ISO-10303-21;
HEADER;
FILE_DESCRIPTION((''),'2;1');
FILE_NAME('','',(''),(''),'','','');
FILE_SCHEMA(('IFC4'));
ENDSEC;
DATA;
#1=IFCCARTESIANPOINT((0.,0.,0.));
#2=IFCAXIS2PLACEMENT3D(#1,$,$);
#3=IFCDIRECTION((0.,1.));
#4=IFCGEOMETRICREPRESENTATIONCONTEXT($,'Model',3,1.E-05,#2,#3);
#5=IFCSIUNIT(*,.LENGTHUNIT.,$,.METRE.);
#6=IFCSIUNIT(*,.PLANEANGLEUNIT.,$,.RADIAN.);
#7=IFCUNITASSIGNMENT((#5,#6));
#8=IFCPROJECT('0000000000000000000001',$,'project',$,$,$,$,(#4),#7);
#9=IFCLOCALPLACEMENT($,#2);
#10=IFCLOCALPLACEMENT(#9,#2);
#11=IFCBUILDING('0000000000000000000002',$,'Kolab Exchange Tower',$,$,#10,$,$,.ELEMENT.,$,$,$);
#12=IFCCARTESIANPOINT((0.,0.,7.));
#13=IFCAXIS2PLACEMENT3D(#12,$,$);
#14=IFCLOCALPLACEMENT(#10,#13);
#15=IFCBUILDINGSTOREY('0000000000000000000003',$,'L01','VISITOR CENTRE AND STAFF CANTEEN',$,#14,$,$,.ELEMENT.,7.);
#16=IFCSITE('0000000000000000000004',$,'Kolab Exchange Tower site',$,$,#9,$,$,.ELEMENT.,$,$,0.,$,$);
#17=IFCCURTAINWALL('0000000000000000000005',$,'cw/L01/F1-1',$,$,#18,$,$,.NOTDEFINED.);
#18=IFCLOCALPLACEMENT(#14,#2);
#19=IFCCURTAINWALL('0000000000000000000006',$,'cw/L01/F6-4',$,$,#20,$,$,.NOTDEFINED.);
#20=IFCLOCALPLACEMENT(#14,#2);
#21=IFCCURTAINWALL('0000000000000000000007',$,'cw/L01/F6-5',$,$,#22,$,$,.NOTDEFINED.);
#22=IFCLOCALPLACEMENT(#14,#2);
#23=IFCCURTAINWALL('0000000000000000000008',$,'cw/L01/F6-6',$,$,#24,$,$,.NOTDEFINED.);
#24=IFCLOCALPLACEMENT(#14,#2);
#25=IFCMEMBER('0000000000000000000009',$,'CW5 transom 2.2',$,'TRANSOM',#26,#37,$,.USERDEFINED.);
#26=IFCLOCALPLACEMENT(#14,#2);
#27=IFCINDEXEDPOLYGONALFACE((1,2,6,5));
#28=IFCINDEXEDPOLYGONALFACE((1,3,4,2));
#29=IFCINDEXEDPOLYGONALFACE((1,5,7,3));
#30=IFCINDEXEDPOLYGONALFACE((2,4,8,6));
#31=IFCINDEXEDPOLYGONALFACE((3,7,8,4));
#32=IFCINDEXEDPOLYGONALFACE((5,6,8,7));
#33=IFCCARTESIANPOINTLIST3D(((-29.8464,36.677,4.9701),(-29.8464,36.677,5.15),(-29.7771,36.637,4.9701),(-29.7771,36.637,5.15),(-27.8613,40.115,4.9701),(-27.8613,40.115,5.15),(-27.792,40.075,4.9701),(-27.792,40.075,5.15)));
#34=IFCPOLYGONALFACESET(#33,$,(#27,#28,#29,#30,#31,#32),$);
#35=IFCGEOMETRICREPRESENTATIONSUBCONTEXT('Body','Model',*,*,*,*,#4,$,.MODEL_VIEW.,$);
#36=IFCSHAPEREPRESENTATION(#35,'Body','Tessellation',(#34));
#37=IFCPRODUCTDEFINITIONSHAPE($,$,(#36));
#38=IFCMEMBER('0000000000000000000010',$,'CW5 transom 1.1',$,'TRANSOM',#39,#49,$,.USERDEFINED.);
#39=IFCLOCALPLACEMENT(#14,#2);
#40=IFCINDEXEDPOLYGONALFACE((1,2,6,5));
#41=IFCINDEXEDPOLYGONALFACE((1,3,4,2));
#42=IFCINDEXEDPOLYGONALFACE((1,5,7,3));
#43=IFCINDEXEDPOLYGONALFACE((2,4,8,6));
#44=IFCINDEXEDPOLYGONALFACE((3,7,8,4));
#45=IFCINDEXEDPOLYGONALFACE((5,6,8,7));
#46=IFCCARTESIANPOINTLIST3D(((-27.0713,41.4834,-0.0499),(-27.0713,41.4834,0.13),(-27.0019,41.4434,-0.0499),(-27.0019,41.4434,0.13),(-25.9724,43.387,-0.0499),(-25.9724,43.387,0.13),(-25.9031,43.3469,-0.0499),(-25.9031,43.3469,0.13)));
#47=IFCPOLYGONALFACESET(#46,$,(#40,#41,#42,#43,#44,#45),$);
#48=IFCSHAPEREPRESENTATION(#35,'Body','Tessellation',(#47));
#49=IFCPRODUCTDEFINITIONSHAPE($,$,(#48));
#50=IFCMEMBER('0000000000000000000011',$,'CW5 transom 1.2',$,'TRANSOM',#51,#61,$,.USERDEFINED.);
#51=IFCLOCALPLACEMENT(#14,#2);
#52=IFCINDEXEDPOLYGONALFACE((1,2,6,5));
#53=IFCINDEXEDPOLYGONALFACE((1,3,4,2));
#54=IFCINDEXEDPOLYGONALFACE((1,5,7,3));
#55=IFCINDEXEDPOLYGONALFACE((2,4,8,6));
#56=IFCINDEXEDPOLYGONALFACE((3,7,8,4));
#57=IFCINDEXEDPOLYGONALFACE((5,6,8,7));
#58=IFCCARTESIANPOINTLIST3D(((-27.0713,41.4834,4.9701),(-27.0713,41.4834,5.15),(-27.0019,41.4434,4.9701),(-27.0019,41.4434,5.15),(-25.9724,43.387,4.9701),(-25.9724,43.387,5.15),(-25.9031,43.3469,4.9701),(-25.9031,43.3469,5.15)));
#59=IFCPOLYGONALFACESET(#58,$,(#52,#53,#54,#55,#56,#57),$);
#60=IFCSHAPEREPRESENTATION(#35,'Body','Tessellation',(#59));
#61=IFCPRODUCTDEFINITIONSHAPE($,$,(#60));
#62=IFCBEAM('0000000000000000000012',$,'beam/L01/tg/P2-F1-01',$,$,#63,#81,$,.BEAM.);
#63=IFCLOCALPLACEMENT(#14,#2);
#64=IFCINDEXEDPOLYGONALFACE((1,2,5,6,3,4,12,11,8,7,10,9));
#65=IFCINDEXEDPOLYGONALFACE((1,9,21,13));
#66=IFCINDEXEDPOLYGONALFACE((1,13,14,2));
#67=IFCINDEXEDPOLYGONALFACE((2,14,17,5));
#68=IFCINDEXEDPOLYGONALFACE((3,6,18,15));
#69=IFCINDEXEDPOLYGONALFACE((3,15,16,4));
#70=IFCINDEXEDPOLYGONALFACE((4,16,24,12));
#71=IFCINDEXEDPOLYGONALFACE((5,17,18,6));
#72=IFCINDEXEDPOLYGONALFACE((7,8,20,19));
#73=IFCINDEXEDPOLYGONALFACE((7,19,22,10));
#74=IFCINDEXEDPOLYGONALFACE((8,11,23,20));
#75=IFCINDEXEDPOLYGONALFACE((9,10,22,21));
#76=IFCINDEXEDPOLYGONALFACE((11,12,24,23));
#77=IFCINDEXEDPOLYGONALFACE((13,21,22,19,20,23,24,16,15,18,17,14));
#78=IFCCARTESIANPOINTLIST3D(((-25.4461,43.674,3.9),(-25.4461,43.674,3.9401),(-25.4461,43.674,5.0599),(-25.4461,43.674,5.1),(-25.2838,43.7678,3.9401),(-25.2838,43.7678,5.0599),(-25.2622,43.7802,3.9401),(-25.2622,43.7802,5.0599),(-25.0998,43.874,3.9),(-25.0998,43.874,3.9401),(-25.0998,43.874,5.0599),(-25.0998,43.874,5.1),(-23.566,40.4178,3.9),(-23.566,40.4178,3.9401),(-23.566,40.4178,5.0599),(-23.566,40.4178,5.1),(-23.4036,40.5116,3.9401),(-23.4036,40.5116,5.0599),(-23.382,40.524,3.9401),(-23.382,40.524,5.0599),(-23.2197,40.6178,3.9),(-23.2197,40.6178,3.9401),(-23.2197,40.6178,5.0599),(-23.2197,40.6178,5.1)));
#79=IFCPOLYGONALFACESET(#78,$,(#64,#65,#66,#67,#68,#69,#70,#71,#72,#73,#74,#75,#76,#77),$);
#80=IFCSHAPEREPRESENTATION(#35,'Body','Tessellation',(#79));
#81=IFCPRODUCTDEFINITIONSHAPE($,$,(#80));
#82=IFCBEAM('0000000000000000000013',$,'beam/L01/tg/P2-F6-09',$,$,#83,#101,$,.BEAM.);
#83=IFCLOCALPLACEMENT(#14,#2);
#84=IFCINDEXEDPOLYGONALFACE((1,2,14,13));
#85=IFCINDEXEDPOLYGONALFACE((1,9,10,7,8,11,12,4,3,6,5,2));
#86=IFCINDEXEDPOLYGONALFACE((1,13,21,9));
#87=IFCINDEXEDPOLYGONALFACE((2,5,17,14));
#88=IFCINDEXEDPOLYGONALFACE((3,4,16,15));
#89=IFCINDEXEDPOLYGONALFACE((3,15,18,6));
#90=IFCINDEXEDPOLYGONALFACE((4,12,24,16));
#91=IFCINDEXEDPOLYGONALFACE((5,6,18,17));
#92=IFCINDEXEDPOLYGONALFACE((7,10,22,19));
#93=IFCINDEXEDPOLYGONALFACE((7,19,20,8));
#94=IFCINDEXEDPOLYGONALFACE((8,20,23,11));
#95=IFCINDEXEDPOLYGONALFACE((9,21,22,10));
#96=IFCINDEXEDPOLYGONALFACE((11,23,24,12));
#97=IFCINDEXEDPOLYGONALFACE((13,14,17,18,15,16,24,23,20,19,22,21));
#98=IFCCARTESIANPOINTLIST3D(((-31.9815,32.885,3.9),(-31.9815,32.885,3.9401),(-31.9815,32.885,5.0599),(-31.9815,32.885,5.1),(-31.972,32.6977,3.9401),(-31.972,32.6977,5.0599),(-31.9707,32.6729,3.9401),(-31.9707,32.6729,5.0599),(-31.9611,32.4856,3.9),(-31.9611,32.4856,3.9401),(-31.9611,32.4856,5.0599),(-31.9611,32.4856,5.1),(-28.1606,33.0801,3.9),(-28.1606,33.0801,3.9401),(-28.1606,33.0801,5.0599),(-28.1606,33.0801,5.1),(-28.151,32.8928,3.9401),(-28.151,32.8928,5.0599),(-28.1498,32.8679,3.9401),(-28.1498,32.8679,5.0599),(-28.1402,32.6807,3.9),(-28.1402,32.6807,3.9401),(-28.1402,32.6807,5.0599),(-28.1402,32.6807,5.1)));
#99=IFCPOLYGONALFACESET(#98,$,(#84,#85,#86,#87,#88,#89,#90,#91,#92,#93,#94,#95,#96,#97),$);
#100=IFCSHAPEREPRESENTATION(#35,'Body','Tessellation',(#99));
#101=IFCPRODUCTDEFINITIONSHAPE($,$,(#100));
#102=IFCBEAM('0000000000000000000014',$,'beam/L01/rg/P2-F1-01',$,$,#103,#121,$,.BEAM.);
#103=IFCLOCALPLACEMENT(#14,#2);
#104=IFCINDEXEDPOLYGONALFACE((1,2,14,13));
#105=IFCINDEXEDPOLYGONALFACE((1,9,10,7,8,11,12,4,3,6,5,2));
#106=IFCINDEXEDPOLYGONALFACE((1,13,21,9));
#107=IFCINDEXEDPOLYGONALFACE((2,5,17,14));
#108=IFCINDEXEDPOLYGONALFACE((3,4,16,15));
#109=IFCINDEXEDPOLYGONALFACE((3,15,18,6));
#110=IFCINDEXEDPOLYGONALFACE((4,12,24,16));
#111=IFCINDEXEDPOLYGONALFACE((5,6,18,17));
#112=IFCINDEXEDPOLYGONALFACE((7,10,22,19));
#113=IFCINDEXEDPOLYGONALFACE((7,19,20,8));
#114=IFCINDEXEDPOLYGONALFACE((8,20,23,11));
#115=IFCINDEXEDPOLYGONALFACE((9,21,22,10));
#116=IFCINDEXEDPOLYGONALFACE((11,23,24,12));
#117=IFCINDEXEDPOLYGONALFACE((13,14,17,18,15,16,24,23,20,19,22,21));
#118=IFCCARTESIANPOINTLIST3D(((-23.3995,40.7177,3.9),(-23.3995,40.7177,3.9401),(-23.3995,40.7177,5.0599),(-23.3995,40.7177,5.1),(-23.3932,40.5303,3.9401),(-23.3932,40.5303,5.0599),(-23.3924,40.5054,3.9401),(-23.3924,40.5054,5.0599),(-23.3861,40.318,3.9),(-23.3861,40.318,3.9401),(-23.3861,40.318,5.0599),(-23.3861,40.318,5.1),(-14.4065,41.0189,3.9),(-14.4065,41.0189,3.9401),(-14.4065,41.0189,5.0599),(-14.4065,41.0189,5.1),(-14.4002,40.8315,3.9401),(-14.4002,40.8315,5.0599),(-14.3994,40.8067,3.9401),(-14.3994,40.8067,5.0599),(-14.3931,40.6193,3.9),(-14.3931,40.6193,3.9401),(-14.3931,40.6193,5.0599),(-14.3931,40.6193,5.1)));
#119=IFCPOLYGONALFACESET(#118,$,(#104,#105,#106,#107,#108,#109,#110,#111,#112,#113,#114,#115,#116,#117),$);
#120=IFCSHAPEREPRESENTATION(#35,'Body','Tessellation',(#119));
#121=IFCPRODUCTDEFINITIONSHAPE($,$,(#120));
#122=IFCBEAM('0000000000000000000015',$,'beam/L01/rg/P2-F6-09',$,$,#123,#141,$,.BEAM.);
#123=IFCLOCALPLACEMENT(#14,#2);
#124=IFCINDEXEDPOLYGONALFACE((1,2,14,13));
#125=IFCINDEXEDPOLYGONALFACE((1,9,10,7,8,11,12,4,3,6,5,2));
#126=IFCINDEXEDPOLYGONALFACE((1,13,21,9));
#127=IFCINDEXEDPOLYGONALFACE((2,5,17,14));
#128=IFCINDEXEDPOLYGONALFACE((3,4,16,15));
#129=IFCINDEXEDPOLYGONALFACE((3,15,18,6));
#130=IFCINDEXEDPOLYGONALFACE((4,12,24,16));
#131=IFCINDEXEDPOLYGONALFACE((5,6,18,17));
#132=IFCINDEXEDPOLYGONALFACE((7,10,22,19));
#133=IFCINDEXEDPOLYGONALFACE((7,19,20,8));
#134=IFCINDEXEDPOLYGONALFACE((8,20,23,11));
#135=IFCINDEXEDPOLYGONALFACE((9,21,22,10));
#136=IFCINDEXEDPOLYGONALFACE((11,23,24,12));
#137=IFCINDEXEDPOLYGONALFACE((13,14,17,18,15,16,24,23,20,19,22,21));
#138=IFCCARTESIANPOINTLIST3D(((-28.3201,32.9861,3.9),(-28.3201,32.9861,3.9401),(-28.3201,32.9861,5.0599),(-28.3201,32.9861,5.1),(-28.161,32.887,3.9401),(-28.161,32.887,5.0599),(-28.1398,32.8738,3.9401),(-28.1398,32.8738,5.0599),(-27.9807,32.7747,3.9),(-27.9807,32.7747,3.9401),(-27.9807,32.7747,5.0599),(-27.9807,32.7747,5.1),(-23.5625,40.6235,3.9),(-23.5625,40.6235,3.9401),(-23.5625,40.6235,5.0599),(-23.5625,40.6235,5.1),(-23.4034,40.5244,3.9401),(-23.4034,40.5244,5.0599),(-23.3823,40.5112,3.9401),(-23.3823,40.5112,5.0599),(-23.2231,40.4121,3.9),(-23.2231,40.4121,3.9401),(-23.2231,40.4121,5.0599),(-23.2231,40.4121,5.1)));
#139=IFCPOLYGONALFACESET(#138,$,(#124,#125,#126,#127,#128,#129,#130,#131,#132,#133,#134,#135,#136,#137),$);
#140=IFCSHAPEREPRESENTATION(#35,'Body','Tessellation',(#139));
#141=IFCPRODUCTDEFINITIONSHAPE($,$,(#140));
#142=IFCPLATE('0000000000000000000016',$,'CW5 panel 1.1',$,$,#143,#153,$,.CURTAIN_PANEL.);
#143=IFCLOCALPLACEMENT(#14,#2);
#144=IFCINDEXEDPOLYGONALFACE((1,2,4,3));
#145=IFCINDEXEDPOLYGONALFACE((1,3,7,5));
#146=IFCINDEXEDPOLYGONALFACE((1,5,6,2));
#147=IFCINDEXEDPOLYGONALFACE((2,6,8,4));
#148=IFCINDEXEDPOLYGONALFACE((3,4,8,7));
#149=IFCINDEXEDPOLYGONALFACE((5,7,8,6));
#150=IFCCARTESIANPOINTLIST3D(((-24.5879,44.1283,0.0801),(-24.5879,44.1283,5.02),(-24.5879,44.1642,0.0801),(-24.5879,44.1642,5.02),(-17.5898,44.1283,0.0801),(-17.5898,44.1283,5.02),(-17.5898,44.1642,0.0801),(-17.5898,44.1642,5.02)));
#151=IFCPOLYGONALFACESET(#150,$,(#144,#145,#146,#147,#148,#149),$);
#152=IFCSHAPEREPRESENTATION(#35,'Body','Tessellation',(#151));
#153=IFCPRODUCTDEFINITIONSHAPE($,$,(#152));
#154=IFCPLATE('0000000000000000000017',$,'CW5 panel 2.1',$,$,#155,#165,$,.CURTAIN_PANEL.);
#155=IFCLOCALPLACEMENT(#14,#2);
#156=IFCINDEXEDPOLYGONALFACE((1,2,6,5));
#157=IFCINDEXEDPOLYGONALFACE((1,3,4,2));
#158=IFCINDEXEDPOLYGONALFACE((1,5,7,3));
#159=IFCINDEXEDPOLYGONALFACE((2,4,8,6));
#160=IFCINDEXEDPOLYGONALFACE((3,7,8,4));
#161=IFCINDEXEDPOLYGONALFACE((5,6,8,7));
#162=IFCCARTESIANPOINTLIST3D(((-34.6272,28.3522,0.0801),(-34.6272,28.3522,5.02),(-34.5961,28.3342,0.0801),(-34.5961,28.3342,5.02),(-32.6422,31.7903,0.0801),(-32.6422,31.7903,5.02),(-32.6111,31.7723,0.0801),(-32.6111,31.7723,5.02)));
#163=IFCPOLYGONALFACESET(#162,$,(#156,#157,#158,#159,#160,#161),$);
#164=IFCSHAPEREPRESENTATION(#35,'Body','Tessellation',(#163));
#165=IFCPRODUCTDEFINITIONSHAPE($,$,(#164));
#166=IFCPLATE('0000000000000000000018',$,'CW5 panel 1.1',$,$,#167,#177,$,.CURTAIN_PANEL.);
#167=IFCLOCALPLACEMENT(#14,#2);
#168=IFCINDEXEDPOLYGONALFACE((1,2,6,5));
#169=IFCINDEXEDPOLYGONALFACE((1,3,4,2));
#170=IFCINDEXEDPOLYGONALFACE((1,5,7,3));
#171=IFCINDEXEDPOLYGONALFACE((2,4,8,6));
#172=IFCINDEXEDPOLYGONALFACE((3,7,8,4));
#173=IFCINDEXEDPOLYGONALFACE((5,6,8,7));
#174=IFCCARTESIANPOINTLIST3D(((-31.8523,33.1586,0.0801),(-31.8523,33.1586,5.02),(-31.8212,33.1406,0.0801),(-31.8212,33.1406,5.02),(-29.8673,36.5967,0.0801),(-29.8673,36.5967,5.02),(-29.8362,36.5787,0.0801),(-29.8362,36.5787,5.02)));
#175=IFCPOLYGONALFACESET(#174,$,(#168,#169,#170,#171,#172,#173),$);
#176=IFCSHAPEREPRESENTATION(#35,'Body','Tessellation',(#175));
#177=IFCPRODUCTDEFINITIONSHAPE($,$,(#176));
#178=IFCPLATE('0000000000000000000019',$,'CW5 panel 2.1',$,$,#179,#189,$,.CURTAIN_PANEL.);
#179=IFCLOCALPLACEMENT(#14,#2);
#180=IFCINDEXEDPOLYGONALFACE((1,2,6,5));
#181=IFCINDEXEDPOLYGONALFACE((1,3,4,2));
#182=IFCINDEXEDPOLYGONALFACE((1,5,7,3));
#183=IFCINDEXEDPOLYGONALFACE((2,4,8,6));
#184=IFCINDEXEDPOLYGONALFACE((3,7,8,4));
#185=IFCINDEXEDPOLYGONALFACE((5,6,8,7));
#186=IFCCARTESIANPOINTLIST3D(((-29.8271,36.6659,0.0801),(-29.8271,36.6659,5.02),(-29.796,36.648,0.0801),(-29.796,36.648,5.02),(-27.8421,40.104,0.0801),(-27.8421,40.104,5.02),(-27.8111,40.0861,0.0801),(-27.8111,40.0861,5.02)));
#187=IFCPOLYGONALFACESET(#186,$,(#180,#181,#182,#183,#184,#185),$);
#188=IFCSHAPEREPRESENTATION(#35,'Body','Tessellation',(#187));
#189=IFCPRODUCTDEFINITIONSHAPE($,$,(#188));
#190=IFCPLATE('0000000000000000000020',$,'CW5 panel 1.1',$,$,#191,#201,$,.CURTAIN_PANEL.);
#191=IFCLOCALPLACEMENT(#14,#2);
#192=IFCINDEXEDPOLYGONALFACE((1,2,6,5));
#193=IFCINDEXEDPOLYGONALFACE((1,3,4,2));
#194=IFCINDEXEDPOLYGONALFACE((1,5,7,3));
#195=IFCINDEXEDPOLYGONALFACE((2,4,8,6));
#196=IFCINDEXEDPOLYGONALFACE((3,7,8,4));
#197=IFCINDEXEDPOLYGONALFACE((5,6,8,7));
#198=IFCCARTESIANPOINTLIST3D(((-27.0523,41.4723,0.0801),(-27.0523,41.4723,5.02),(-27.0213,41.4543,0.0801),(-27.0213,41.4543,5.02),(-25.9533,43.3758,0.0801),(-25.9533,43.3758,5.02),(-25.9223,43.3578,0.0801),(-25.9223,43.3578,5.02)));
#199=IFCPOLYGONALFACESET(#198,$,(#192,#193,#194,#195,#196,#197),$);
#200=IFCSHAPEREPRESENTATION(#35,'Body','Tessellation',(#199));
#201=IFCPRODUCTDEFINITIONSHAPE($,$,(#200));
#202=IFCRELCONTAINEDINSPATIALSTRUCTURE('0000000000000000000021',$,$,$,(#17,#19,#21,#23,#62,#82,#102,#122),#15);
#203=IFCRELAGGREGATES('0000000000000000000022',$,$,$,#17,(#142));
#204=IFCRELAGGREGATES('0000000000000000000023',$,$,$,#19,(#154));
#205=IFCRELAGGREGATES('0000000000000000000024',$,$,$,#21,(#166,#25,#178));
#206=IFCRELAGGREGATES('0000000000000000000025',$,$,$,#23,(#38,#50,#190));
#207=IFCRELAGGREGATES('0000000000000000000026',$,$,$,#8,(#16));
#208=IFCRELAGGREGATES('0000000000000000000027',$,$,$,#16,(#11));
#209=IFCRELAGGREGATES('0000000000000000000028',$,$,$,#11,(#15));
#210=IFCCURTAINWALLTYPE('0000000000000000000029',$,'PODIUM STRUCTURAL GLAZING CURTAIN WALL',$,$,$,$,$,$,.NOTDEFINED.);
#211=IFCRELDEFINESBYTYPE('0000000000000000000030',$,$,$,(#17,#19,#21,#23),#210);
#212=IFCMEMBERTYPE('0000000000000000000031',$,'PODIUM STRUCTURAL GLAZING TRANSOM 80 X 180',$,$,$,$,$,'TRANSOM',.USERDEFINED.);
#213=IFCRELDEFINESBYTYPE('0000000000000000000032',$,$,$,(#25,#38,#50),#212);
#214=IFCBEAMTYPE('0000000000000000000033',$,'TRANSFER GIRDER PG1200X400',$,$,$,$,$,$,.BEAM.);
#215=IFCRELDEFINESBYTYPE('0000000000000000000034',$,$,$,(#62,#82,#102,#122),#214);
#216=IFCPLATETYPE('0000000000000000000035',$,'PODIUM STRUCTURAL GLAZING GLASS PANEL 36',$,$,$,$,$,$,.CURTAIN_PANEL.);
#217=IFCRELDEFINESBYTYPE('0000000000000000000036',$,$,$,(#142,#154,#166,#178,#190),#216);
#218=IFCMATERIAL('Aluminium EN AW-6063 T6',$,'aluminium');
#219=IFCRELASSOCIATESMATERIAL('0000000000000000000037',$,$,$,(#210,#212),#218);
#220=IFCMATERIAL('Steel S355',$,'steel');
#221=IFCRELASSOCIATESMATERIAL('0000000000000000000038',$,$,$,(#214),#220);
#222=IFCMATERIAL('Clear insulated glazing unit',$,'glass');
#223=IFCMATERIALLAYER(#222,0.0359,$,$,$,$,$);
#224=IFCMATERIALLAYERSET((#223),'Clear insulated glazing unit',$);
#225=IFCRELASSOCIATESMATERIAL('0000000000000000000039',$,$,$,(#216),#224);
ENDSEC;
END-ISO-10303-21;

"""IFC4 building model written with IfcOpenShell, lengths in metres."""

from ifc_helpers import new_model, si_unit, direction, frame, origin, origin_2d, place, context, subcontext, project, spatial, rectangle, i_section, extrude, material, layer, layer_set, material_profile, profile_set, type_object, element, aggregate, save


model = new_model("IFC4")

# Units and contexts
model_context = context("Model", 3, precision=1e-05, world=origin(), true_north=direction((0.0, 1.0)))
body_context = subcontext(model_context, "Body", "Model", "MODEL_VIEW")
ifc_project = project(units=[si_unit("LENGTHUNIT", "METRE"), si_unit("PLANEANGLEUNIT", "RADIAN")], contexts=[model_context])

# Site, building, storey
site_placement = place(None, origin())
site = spatial("IfcSite", under=ifc_project, at=site_placement, Name="Kolab Exchange Tower site", CompositionType="ELEMENT", RefElevation=0.0)
building_placement = place(site_placement, origin())
building = spatial("IfcBuilding", under=site, at=building_placement, Name="Kolab Exchange Tower", CompositionType="ELEMENT")
storey_placement = place(building_placement, frame((0.0, 0.0, 7.0)))
storey = spatial("IfcBuildingStorey", under=building, at=storey_placement, Name="L01", Description="VISITOR CENTRE AND STAFF CANTEEN", CompositionType="ELEMENT", Elevation=7.0)

# Curtain walls
ifc_material_1 = material(Name="Aluminium EN AW-6063 T6", Category="aluminium")
curtain_wall_type = type_object("IfcCurtainWallType", Name="PODIUM STRUCTURAL GLAZING CURTAIN WALL", PredefinedType="NOTDEFINED", material=ifc_material_1)
curtain_wall_1_placement = place(storey_placement, origin())
curtain_wall_1 = element("IfcCurtainWall", 1, at=curtain_wall_1_placement, inside=storey, type_object=curtain_wall_type, Name="cw/L01/F1-1", PredefinedType="NOTDEFINED")
curtain_wall_2_placement = place(storey_placement, origin())
curtain_wall_2 = element("IfcCurtainWall", 2, at=curtain_wall_2_placement, inside=storey, type_object=curtain_wall_type, Name="cw/L01/F6-4", PredefinedType="NOTDEFINED")

# Curtain walls
curtain_wall_3_placement = place(storey_placement, origin())
curtain_wall_3 = element("IfcCurtainWall", 3, at=curtain_wall_3_placement, inside=storey, type_object=curtain_wall_type, Name="cw/L01/F6-5", PredefinedType="NOTDEFINED")
curtain_wall_4_placement = place(storey_placement, origin())
curtain_wall_4 = element("IfcCurtainWall", 4, at=curtain_wall_4_placement, inside=storey, type_object=curtain_wall_type, Name="cw/L01/F6-6", PredefinedType="NOTDEFINED")

# Members
ifc_material_profile_1 = material_profile(ifc_material_1, rectangle(XDim=0.0801, YDim=0.1799, at=origin_2d()), Name="RECT 80X180")
ifc_profile_set_1 = profile_set([ifc_material_profile_1], Name="Aluminium EN AW-6063 T6")
member_type_1 = type_object("IfcMemberType", Name="PODIUM STRUCTURAL GLAZING TRANSOM 80 X 180", ElementType="TRANSOM", PredefinedType="USERDEFINED", material=ifc_profile_set_1)
member_1_placement = place(storey_placement, frame((-29.8118, 36.657, 5.0601), z_axis=(0.500035, 0.866005, 0.0), x_axis=(-0.866005, 0.500035, 0.0)))
member_1 = element("IfcMember", 5, at=member_1_placement, type_object=member_type_1, Name="CW5 transom 2.2", ObjectType="TRANSOM", PredefinedType="USERDEFINED", context=body_context, shape_type="SweptSolid", body=[
    extrude(rectangle(XDim=0.0801, YDim=0.1799, at=origin_2d()), origin(), (0.0, 0.0, 1.0), 3.97),
])
member_2_placement = place(storey_placement, frame((-27.0366, 41.4634, 0.04), z_axis=(0.49995, 0.866054, 0.0), x_axis=(-0.866054, 0.49995, 0.0)))
member_2 = element("IfcMember", 6, at=member_2_placement, type_object=member_type_1, Name="CW5 transom 1.1", ObjectType="TRANSOM", PredefinedType="USERDEFINED", context=body_context, shape_type="SweptSolid", body=[
    extrude(rectangle(XDim=0.0801, YDim=0.1799, at=origin_2d()), origin(), (0.0, 0.0, 1.0), 2.198),
])
member_3_placement = place(storey_placement, frame((-27.0366, 41.4634, 5.0601), z_axis=(0.49995, 0.866054, 0.0), x_axis=(-0.866054, 0.49995, 0.0)))
member_3 = element("IfcMember", 7, at=member_3_placement, type_object=member_type_1, Name="CW5 transom 1.2", ObjectType="TRANSOM", PredefinedType="USERDEFINED", context=body_context, shape_type="SweptSolid", body=[
    extrude(rectangle(XDim=0.0801, YDim=0.1799, at=origin_2d()), origin(), (0.0, 0.0, 1.0), 2.198),
])

# Beams
ifc_material_2 = material(Name="Steel S355", Category="steel")
ifc_material_profile_2 = material_profile(ifc_material_2, i_section(OverallWidth=0.3999, OverallDepth=1.2, WebThickness=0.0249, FlangeThickness=0.04, at=origin_2d()), Name="PG1200X400")
ifc_profile_set_2 = profile_set([ifc_material_profile_2], Name="Steel S355")
beam_type = type_object("IfcBeamType", Name="TRANSFER GIRDER PG1200X400", PredefinedType="BEAM", material=ifc_profile_set_2)
beam_1_placement = place(storey_placement, frame((-23.3928, 40.5178, 4.5), z_axis=(-0.500043, 0.866001, 0.0), x_axis=(-0.866001, -0.500043, 0.0)))
element("IfcBeam", 8, at=beam_1_placement, inside=storey, type_object=beam_type, Name="beam/L01/tg/P2-F1-01", PredefinedType="BEAM", context=body_context, shape_type="SweptSolid", body=[
    extrude(i_section(OverallWidth=0.3999, OverallDepth=1.2, WebThickness=0.0249, FlangeThickness=0.04, at=origin_2d()), origin(), (0.0, 0.0, 1.0), 3.76),
])
beam_2_placement = place(storey_placement, frame((-28.1504, 32.8804, 4.5), z_axis=(-0.998699, -0.050985, 0.0), x_axis=(0.050985, -0.998699, 0.0)))
element("IfcBeam", 9, at=beam_2_placement, inside=storey, type_object=beam_type, Name="beam/L01/tg/P2-F6-09", PredefinedType="BEAM", context=body_context, shape_type="SweptSolid", body=[
    extrude(i_section(OverallWidth=0.3999, OverallDepth=1.2, WebThickness=0.0249, FlangeThickness=0.04, at=origin_2d()), origin(), (0.0, 0.0, 1.0), 3.8259),
])
for number, where, z_axis, x_axis, name in (
    (10, (-23.3928, 40.5178, 4.5), (0.999439, 0.033482, 0.0), (-0.033482, 0.999439, 0.0), "beam/L01/rg/P2-F1-01"),
    (11, (-28.1504, 32.8804, 4.5), (0.528733, 0.848788, 0.0), (-0.848788, 0.528733, 0.0), "beam/L01/rg/P2-F6-09"),
):
    element("IfcBeam", number, at=place(storey_placement, frame(where, z_axis=z_axis, x_axis=x_axis)), inside=storey, type_object=beam_type, Name=name, PredefinedType="BEAM", context=body_context, shape_type="SweptSolid", body=[
        extrude(i_section(OverallWidth=0.3999, OverallDepth=1.2, WebThickness=0.0249, FlangeThickness=0.04, at=origin_2d()), origin(), (0.0, 0.0, 1.0), 8.998),
    ])

# Plates
ifc_material_3 = material(Name="Clear insulated glazing unit", Category="glass")
ifc_layer_1 = layer(ifc_material_3, 0.0359)
ifc_layer_set_1 = layer_set([ifc_layer_1], Name="Clear insulated glazing unit")
plate_type = type_object("IfcPlateType", Name="PODIUM STRUCTURAL GLAZING GLASS PANEL 36", PredefinedType="CURTAIN_PANEL", material=ifc_layer_set_1)
plate_1_placement = place(storey_placement, frame((-21.0889, 44.1462, 0.0801), z_axis=(0.0, 0.0, 1.0), x_axis=(1.0, 0.0, 0.0)))
plate_1 = element("IfcPlate", 12, at=plate_1_placement, type_object=plate_type, Name="CW5 panel 1.1", PredefinedType="CURTAIN_PANEL", context=body_context, shape_type="SweptSolid", body=[
    extrude(rectangle(XDim=6.998, YDim=0.0359, at=origin_2d()), origin(), (0.0, 0.0, 1.0), 4.9399),
])
aggregate(curtain_wall_1, [plate_1])
plate_2_placement = place(storey_placement, frame((-33.6191, 30.0623, 0.0801), z_axis=(0.0, 0.0, 1.0), x_axis=(0.5, 0.866025, 0.0)))
plate_2 = element("IfcPlate", 13, at=plate_2_placement, type_object=plate_type, Name="CW5 panel 2.1", PredefinedType="CURTAIN_PANEL", context=body_context, shape_type="SweptSolid", body=[
    extrude(rectangle(XDim=3.97, YDim=0.0359, at=origin_2d()), origin(), (0.0, 0.0, 1.0), 4.9399),
])
aggregate(curtain_wall_2, [plate_2])
plate_3_placement = place(storey_placement, frame((-30.8442, 34.8687, 0.0801), z_axis=(0.0, 0.0, 1.0), x_axis=(0.5, 0.866025, 0.0)))
plate_3 = element("IfcPlate", 14, at=plate_3_placement, type_object=plate_type, Name="CW5 panel 1.1", PredefinedType="CURTAIN_PANEL", context=body_context, shape_type="SweptSolid", body=[
    extrude(rectangle(XDim=3.97, YDim=0.0359, at=origin_2d()), origin(), (0.0, 0.0, 1.0), 4.9399),
])
plate_4_placement = place(storey_placement, frame((-28.8191, 38.376, 0.0801), z_axis=(0.0, 0.0, 1.0), x_axis=(0.5, 0.866025, 0.0)))
plate_4 = element("IfcPlate", 15, at=plate_4_placement, type_object=plate_type, Name="CW5 panel 2.1", PredefinedType="CURTAIN_PANEL", context=body_context, shape_type="SweptSolid", body=[
    extrude(rectangle(XDim=3.97, YDim=0.0359, at=origin_2d()), origin(), (0.0, 0.0, 1.0), 4.9399),
])
aggregate(curtain_wall_3, [plate_3, member_1, plate_4])
plate_5_placement = place(storey_placement, frame((-26.4873, 42.415, 0.0801), z_axis=(0.0, 0.0, 1.0), x_axis=(0.5, 0.866025, 0.0)))
plate_5 = element("IfcPlate", 16, at=plate_5_placement, type_object=plate_type, Name="CW5 panel 1.1", PredefinedType="CURTAIN_PANEL", context=body_context, shape_type="SweptSolid", body=[
    extrude(rectangle(XDim=2.198, YDim=0.0359, at=origin_2d()), origin(), (0.0, 0.0, 1.0), 4.9399),
])
aggregate(curtain_wall_4, [member_2, member_3, plate_5])

save(model, "model.ifc")
